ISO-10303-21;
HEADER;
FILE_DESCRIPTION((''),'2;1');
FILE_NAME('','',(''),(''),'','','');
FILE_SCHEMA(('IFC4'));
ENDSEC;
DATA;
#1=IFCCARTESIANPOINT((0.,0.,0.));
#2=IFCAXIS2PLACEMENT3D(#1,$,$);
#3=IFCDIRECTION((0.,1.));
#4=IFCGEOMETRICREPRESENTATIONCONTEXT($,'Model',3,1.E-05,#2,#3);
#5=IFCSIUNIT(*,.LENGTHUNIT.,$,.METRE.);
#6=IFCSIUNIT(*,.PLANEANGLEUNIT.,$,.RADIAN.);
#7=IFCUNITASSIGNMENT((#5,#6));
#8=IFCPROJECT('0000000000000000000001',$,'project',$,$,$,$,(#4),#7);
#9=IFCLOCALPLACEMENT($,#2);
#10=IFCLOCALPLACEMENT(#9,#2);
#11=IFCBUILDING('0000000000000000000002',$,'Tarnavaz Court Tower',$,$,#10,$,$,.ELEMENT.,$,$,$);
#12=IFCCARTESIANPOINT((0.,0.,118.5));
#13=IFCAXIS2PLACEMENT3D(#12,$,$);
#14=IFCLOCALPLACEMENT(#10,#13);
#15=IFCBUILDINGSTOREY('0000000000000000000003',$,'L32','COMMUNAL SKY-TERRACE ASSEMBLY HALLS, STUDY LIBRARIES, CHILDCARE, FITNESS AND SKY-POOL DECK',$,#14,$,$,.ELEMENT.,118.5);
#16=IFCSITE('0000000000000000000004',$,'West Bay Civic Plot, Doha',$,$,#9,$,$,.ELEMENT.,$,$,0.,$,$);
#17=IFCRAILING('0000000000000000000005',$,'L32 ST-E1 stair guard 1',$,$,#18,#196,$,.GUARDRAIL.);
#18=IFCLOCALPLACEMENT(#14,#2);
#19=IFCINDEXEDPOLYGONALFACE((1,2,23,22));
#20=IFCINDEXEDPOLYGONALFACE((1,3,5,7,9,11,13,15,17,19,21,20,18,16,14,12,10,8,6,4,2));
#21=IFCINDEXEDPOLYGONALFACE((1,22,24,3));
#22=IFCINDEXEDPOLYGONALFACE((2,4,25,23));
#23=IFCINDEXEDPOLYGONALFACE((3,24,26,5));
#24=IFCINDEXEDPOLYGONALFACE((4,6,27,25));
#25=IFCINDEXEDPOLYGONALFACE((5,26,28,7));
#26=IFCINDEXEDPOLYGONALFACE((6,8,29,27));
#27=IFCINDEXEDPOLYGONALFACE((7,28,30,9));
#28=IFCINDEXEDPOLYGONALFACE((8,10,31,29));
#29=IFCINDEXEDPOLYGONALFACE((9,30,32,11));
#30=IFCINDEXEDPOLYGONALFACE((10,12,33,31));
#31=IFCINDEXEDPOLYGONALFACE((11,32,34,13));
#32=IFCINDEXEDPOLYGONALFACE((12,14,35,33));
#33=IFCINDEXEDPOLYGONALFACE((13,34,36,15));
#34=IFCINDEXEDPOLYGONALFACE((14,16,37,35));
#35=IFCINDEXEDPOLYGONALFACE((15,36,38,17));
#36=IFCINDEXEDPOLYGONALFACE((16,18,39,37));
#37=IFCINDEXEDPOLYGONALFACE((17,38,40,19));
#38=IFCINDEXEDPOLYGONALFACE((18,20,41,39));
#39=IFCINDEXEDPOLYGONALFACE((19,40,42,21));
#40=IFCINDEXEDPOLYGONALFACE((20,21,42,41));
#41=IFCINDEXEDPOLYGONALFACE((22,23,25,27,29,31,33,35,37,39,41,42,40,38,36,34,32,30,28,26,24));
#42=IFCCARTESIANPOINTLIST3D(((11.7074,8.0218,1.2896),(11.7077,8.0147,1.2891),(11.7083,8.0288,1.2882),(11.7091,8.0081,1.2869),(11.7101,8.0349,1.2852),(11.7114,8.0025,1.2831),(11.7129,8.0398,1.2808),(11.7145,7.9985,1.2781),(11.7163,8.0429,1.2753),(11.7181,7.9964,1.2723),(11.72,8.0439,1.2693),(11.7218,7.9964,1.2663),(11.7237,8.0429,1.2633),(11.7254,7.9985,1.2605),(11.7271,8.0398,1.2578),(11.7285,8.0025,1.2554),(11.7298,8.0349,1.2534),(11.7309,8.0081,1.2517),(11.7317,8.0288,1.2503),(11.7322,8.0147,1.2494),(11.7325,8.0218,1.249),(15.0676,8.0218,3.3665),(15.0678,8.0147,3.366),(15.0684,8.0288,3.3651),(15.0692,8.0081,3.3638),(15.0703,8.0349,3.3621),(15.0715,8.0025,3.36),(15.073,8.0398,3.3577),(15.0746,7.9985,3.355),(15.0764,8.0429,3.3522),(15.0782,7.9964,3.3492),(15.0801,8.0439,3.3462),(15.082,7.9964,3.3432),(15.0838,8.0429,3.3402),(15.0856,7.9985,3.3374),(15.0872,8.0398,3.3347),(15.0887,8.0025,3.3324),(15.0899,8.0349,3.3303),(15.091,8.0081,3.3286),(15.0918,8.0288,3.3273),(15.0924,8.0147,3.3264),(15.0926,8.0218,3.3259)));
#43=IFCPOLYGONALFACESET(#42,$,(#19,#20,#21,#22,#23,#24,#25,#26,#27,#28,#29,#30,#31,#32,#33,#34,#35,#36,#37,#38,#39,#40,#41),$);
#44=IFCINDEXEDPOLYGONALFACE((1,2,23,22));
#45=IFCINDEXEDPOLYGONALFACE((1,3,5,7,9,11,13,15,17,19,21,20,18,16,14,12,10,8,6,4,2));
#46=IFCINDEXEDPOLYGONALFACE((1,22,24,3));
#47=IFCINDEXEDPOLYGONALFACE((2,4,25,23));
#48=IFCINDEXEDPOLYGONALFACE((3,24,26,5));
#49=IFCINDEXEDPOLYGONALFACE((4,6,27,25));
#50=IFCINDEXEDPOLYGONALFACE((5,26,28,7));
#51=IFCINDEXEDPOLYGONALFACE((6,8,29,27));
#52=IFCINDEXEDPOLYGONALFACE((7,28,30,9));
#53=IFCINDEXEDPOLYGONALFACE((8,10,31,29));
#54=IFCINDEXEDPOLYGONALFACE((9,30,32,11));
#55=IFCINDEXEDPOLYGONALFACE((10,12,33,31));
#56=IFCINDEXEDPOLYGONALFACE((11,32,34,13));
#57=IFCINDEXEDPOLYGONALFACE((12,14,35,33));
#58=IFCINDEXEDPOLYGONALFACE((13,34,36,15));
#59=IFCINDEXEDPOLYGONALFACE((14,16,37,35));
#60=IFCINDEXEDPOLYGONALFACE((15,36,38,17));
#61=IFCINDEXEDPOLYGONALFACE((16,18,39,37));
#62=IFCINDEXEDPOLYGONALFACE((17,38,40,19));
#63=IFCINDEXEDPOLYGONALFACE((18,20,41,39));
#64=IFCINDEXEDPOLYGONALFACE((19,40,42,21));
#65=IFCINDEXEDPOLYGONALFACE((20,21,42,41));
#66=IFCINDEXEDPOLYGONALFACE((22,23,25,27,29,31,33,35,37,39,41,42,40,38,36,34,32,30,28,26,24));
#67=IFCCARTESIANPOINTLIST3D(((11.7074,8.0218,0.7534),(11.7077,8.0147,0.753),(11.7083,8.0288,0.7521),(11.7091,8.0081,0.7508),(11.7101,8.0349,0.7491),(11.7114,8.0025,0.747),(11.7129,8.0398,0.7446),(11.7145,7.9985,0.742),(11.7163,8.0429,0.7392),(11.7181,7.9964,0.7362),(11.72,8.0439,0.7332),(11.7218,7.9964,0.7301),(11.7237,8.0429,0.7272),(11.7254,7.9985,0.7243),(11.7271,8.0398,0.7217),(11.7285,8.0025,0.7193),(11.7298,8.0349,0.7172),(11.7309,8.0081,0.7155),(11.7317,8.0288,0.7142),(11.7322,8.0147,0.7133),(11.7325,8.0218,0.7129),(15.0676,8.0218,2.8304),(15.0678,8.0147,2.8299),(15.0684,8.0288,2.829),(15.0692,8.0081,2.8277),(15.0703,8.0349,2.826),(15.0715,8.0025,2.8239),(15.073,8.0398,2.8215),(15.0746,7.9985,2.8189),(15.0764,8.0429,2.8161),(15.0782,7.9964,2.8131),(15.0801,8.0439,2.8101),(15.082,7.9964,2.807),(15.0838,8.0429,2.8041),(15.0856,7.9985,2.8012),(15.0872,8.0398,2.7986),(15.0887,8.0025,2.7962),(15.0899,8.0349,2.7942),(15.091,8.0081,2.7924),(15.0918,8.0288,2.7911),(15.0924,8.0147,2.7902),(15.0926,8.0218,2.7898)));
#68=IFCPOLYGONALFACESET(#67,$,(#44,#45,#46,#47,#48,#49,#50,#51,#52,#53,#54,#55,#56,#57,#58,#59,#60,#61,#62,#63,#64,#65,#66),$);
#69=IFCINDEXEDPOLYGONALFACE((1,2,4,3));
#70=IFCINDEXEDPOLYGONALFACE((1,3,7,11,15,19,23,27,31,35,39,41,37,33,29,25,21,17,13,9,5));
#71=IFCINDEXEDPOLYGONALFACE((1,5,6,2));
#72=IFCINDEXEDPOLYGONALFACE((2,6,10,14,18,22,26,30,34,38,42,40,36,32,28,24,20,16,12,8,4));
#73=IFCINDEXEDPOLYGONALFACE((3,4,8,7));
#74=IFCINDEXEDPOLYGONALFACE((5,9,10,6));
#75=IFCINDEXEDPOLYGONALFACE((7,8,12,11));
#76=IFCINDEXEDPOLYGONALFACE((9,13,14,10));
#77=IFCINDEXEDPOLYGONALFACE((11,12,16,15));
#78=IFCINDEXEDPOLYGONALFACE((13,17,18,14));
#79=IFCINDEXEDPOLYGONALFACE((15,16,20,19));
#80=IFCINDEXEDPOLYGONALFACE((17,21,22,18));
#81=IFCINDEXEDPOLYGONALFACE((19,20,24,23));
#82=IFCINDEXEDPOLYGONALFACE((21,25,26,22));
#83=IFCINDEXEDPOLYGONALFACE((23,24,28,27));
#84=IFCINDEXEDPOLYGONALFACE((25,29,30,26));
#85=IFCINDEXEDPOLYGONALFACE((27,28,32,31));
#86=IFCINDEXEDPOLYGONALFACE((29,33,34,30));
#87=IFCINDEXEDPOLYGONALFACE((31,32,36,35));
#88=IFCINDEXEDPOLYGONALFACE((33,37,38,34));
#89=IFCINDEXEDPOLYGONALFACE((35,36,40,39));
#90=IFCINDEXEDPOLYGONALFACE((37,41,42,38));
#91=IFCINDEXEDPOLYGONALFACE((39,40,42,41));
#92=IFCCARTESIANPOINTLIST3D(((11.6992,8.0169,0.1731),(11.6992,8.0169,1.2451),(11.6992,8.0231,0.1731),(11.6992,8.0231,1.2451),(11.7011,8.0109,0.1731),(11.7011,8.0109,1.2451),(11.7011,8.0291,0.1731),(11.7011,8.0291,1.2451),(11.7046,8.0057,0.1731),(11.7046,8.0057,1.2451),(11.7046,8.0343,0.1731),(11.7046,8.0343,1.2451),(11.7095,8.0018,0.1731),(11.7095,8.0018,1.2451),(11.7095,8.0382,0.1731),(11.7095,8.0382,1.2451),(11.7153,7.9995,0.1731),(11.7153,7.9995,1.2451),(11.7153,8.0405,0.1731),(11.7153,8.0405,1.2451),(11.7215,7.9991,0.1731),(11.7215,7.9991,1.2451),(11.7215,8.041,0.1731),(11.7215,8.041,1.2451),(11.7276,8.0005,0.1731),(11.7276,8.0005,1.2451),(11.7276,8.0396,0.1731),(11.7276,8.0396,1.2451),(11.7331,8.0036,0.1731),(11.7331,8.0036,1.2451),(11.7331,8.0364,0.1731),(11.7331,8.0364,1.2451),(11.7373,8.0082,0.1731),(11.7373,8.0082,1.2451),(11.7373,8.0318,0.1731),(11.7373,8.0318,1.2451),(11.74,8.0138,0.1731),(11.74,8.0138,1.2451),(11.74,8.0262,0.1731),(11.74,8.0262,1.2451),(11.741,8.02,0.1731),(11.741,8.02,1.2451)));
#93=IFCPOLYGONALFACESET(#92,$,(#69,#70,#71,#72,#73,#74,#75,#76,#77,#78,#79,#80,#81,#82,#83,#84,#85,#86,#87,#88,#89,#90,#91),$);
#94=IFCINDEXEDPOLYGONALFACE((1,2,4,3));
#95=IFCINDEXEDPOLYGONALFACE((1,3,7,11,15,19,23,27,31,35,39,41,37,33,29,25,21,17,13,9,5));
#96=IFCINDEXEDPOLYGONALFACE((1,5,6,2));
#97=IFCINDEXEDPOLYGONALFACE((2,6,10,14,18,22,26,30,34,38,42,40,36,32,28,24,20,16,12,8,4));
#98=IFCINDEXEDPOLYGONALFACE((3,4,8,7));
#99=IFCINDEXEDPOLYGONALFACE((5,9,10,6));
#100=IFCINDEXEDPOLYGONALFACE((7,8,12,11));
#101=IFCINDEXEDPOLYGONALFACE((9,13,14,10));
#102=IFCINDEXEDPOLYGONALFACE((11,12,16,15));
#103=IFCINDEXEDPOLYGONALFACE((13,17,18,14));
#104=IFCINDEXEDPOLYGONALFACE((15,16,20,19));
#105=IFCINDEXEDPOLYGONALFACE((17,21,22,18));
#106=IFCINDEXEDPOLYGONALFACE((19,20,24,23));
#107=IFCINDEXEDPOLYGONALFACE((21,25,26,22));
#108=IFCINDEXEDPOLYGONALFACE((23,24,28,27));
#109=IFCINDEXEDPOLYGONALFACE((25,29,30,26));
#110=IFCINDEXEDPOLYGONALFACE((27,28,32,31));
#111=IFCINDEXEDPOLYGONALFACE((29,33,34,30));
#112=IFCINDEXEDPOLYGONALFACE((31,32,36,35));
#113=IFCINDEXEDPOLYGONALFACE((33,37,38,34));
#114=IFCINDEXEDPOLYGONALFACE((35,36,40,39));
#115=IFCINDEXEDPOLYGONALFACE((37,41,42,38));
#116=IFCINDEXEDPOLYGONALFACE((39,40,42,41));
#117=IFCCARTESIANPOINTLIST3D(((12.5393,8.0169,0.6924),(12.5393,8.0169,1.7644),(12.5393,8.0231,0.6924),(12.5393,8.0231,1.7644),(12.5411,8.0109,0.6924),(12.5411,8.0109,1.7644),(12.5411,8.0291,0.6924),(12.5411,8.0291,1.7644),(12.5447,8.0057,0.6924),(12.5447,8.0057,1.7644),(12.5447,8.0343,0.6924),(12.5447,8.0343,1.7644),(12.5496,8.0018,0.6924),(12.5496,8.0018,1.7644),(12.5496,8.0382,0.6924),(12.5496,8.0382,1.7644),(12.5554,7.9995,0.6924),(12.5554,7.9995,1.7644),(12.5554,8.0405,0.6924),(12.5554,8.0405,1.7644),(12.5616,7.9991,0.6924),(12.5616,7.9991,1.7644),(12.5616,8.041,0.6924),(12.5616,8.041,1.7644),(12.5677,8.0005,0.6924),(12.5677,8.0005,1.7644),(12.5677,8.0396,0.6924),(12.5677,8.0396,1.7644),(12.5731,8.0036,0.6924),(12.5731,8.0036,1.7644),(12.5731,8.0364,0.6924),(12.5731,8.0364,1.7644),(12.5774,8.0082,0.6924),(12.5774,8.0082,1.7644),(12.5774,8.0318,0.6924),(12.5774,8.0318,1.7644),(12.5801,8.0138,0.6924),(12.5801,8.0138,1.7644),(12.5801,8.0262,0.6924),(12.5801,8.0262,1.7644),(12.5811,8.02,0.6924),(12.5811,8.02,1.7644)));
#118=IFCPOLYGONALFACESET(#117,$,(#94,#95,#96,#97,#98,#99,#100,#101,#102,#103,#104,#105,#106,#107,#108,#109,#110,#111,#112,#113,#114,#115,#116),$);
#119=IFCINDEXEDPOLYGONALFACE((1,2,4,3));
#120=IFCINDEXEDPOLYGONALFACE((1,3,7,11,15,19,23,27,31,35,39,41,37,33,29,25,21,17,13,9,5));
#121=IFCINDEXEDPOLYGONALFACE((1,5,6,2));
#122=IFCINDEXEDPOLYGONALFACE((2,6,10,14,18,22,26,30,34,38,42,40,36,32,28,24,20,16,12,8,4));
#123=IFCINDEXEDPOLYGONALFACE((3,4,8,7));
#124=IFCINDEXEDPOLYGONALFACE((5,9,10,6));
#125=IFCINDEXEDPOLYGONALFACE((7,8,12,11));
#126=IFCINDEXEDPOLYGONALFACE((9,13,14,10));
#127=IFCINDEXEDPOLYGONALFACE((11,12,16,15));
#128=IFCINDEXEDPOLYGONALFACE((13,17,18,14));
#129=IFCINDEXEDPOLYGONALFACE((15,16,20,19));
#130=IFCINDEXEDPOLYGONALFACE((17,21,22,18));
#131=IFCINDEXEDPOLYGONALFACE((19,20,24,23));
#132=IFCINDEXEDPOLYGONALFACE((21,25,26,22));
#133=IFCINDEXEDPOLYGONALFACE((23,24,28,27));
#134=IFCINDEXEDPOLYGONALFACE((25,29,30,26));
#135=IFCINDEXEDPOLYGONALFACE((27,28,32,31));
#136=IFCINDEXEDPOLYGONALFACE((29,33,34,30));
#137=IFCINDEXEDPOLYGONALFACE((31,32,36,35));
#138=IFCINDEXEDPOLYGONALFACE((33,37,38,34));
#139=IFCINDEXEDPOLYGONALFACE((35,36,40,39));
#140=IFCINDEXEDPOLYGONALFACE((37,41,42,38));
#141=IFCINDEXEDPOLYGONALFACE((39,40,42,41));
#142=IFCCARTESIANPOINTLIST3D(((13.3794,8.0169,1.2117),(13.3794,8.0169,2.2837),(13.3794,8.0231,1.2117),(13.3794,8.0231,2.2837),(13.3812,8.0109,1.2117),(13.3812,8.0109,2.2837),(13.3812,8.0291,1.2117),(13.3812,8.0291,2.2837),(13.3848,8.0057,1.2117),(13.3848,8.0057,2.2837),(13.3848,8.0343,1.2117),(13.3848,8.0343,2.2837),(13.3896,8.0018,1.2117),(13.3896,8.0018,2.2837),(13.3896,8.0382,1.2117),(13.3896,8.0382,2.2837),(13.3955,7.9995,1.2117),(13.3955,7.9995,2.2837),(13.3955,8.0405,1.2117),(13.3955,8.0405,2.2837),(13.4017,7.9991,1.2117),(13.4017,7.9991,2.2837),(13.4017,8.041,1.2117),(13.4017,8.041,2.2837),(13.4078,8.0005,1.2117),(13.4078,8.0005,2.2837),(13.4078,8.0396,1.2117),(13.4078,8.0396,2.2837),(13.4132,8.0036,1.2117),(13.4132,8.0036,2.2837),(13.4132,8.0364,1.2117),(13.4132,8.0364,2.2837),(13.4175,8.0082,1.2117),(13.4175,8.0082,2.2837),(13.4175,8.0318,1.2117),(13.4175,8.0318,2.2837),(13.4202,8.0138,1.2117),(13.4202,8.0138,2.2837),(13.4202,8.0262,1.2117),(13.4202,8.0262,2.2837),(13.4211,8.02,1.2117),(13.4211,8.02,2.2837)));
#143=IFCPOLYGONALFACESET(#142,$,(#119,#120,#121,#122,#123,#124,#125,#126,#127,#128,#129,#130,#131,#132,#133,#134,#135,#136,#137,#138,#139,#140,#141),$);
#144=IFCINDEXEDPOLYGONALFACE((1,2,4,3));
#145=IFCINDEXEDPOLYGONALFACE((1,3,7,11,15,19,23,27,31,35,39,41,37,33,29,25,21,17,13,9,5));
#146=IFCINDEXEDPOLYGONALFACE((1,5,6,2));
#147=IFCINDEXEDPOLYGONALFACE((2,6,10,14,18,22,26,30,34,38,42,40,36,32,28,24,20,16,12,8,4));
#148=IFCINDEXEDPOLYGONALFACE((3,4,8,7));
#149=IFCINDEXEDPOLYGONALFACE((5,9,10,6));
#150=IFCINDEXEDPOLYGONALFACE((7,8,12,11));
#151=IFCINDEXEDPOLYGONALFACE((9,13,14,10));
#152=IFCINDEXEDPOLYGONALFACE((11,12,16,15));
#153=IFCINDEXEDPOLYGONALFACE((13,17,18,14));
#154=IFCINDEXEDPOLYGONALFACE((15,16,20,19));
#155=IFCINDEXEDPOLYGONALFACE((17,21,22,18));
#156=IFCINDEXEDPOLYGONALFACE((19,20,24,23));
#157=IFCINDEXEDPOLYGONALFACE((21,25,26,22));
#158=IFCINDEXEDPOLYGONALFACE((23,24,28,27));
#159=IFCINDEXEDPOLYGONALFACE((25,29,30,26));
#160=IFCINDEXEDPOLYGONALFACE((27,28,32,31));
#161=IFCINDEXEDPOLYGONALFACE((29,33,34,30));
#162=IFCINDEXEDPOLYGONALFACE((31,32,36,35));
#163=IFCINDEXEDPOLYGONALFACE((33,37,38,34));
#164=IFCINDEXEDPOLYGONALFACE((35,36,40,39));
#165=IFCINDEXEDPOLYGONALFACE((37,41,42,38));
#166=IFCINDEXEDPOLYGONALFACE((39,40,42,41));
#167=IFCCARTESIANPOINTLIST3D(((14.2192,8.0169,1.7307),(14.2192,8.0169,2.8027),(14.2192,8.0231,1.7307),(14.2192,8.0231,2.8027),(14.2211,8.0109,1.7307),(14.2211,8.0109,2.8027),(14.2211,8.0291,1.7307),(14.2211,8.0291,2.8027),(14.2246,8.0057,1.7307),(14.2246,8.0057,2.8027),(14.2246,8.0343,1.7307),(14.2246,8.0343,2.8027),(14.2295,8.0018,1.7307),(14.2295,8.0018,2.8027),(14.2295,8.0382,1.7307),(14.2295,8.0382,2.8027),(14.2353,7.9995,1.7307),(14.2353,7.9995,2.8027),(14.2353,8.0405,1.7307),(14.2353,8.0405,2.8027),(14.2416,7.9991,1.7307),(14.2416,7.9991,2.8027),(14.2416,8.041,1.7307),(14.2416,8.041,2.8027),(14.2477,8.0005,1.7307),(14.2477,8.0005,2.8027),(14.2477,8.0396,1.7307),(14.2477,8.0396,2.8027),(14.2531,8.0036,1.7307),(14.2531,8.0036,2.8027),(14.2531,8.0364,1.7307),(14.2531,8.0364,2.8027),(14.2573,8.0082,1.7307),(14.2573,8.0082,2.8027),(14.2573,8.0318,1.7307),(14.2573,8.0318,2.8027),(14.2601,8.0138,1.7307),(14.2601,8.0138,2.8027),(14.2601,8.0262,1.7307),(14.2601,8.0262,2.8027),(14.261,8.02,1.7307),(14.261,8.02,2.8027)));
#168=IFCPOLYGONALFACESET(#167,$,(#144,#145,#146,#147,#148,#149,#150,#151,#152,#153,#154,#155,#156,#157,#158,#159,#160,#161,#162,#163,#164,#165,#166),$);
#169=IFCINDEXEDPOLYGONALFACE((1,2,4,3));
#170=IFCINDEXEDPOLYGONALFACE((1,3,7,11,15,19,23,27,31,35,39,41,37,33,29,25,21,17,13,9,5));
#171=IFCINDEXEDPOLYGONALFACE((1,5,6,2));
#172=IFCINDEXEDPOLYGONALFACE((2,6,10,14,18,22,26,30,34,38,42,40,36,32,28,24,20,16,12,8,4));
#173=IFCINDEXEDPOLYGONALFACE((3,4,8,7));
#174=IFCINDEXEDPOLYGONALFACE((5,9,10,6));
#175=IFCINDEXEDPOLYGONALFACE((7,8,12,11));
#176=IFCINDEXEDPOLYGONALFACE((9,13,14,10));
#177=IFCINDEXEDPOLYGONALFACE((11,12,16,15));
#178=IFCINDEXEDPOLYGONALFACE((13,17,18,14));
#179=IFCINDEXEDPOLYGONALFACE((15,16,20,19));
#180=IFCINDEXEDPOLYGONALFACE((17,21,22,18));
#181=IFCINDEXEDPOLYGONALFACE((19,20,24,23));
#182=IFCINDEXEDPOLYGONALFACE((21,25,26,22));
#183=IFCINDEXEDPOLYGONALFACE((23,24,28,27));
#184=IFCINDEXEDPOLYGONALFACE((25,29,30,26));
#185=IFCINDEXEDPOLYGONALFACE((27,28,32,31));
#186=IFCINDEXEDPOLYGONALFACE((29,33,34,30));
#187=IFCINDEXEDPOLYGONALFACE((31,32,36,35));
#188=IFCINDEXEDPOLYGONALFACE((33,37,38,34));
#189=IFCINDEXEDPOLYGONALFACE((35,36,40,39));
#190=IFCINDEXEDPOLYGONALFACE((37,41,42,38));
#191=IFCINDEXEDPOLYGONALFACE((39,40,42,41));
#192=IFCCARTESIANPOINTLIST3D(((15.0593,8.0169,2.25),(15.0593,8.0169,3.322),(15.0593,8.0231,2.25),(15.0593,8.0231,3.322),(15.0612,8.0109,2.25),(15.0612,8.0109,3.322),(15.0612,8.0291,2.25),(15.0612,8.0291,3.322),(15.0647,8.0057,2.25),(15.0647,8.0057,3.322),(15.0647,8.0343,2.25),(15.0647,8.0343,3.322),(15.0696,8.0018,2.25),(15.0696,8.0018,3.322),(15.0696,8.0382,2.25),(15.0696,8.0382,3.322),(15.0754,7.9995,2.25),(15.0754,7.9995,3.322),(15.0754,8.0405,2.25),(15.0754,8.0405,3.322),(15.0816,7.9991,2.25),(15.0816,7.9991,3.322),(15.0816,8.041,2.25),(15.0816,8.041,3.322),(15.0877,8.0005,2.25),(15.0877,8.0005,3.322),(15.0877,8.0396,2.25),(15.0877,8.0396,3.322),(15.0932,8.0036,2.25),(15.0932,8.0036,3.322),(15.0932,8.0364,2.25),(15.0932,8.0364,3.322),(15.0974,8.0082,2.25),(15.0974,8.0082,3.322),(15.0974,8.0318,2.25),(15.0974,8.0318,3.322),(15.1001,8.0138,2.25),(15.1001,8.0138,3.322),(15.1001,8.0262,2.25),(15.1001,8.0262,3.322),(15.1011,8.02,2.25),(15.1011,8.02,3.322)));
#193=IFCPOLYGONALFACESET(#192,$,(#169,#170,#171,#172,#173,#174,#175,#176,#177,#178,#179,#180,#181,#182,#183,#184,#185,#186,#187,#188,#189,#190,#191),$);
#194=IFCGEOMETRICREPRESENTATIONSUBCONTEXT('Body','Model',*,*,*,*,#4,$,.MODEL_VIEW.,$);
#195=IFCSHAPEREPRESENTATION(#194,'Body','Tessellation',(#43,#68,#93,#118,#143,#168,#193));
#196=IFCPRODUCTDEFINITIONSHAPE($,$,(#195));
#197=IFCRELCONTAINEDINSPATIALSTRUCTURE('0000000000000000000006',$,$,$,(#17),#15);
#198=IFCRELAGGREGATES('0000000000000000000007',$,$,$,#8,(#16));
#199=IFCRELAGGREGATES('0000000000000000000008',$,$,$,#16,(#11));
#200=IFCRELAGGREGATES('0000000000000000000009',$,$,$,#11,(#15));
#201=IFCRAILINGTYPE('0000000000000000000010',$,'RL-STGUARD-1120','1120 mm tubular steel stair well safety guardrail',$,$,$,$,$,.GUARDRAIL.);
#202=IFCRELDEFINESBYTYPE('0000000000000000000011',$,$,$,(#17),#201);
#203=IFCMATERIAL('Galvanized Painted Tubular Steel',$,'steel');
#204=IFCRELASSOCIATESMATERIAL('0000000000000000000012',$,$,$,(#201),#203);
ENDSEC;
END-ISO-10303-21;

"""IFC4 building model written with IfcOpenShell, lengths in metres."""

from ifc_helpers import new_model, si_unit, direction, frame, origin, origin_2d, place, context, subcontext, project, spatial, circle, extrude, material, type_object, element, save


model = new_model("IFC4")

# Units and contexts
model_context = context("Model", 3, precision=1e-05, world=origin(), true_north=direction((0.0, 1.0)))
body_context = subcontext(model_context, "Body", "Model", "MODEL_VIEW")
ifc_project = project(units=[si_unit("LENGTHUNIT", "METRE"), si_unit("PLANEANGLEUNIT", "RADIAN")], contexts=[model_context])

# Site, building, storey
site_placement = place(None, origin())
site = spatial("IfcSite", under=ifc_project, at=site_placement, Name="West Bay Civic Plot, Doha", CompositionType="ELEMENT", RefElevation=0.0)
building_placement = place(site_placement, origin())
building = spatial("IfcBuilding", under=site, at=building_placement, Name="Tarnavaz Court Tower", CompositionType="ELEMENT")
storey_placement = place(building_placement, frame((0.0, 0.0, 118.5)))
storey = spatial("IfcBuildingStorey", under=building, at=storey_placement, Name="L32", Description="COMMUNAL SKY-TERRACE ASSEMBLY HALLS, STUDY LIBRARIES, CHILDCARE, FITNESS AND SKY-POOL DECK", CompositionType="ELEMENT", Elevation=118.5)

# Railing
ifc_material_1 = material(Name="Galvanized Painted Tubular Steel", Category="steel")
railing_type_1 = type_object("IfcRailingType", Name="RL-STGUARD-1120", Description="1120 mm tubular steel stair well safety guardrail", PredefinedType="GUARDRAIL", material=ifc_material_1)
railing_1_placement = place(storey_placement, frame((11.72, 8.02, 0.1731)))
element("IfcRailing", 1, at=railing_1_placement, inside=storey, type_object=railing_type_1, Name="L32 ST-E1 stair guard 1", PredefinedType="GUARDRAIL", context=body_context, shape_type="SweptSolid", body=[
    extrude(circle(Radius=0.0239, at=origin_2d()), frame((0.0, 0.0, 1.0962), z_axis=(0.850623, 0.0, 0.525776), x_axis=(0.0, 1.0, 0.0)), (0.0, 0.0, 1.0), 3.9502),
    extrude(circle(Radius=0.0239, at=origin_2d()), frame((0.0, 0.0, 0.5601), z_axis=(0.850623, 0.0, 0.525776), x_axis=(0.0, 1.0, 0.0)), (0.0, 0.0, 1.0), 3.9502),
    extrude(circle(Radius=0.021, at=origin_2d()), origin(), (0.0, 0.0, 1.0), 1.072),
    extrude(circle(Radius=0.021, at=origin_2d()), frame((0.8401, 0.0, 0.5193)), (0.0, 0.0, 1.0), 1.072),
    extrude(circle(Radius=0.021, at=origin_2d()), frame((1.6802, 0.0, 1.0386)), (0.0, 0.0, 1.0), 1.072),
    extrude(circle(Radius=0.021, at=origin_2d()), frame((2.52, 0.0, 1.5576)), (0.0, 0.0, 1.0), 1.072),
    extrude(circle(Radius=0.021, at=origin_2d()), frame((3.3601, 0.0, 2.0769)), (0.0, 0.0, 1.0), 1.072),
])

save(model, "model.ifc")
